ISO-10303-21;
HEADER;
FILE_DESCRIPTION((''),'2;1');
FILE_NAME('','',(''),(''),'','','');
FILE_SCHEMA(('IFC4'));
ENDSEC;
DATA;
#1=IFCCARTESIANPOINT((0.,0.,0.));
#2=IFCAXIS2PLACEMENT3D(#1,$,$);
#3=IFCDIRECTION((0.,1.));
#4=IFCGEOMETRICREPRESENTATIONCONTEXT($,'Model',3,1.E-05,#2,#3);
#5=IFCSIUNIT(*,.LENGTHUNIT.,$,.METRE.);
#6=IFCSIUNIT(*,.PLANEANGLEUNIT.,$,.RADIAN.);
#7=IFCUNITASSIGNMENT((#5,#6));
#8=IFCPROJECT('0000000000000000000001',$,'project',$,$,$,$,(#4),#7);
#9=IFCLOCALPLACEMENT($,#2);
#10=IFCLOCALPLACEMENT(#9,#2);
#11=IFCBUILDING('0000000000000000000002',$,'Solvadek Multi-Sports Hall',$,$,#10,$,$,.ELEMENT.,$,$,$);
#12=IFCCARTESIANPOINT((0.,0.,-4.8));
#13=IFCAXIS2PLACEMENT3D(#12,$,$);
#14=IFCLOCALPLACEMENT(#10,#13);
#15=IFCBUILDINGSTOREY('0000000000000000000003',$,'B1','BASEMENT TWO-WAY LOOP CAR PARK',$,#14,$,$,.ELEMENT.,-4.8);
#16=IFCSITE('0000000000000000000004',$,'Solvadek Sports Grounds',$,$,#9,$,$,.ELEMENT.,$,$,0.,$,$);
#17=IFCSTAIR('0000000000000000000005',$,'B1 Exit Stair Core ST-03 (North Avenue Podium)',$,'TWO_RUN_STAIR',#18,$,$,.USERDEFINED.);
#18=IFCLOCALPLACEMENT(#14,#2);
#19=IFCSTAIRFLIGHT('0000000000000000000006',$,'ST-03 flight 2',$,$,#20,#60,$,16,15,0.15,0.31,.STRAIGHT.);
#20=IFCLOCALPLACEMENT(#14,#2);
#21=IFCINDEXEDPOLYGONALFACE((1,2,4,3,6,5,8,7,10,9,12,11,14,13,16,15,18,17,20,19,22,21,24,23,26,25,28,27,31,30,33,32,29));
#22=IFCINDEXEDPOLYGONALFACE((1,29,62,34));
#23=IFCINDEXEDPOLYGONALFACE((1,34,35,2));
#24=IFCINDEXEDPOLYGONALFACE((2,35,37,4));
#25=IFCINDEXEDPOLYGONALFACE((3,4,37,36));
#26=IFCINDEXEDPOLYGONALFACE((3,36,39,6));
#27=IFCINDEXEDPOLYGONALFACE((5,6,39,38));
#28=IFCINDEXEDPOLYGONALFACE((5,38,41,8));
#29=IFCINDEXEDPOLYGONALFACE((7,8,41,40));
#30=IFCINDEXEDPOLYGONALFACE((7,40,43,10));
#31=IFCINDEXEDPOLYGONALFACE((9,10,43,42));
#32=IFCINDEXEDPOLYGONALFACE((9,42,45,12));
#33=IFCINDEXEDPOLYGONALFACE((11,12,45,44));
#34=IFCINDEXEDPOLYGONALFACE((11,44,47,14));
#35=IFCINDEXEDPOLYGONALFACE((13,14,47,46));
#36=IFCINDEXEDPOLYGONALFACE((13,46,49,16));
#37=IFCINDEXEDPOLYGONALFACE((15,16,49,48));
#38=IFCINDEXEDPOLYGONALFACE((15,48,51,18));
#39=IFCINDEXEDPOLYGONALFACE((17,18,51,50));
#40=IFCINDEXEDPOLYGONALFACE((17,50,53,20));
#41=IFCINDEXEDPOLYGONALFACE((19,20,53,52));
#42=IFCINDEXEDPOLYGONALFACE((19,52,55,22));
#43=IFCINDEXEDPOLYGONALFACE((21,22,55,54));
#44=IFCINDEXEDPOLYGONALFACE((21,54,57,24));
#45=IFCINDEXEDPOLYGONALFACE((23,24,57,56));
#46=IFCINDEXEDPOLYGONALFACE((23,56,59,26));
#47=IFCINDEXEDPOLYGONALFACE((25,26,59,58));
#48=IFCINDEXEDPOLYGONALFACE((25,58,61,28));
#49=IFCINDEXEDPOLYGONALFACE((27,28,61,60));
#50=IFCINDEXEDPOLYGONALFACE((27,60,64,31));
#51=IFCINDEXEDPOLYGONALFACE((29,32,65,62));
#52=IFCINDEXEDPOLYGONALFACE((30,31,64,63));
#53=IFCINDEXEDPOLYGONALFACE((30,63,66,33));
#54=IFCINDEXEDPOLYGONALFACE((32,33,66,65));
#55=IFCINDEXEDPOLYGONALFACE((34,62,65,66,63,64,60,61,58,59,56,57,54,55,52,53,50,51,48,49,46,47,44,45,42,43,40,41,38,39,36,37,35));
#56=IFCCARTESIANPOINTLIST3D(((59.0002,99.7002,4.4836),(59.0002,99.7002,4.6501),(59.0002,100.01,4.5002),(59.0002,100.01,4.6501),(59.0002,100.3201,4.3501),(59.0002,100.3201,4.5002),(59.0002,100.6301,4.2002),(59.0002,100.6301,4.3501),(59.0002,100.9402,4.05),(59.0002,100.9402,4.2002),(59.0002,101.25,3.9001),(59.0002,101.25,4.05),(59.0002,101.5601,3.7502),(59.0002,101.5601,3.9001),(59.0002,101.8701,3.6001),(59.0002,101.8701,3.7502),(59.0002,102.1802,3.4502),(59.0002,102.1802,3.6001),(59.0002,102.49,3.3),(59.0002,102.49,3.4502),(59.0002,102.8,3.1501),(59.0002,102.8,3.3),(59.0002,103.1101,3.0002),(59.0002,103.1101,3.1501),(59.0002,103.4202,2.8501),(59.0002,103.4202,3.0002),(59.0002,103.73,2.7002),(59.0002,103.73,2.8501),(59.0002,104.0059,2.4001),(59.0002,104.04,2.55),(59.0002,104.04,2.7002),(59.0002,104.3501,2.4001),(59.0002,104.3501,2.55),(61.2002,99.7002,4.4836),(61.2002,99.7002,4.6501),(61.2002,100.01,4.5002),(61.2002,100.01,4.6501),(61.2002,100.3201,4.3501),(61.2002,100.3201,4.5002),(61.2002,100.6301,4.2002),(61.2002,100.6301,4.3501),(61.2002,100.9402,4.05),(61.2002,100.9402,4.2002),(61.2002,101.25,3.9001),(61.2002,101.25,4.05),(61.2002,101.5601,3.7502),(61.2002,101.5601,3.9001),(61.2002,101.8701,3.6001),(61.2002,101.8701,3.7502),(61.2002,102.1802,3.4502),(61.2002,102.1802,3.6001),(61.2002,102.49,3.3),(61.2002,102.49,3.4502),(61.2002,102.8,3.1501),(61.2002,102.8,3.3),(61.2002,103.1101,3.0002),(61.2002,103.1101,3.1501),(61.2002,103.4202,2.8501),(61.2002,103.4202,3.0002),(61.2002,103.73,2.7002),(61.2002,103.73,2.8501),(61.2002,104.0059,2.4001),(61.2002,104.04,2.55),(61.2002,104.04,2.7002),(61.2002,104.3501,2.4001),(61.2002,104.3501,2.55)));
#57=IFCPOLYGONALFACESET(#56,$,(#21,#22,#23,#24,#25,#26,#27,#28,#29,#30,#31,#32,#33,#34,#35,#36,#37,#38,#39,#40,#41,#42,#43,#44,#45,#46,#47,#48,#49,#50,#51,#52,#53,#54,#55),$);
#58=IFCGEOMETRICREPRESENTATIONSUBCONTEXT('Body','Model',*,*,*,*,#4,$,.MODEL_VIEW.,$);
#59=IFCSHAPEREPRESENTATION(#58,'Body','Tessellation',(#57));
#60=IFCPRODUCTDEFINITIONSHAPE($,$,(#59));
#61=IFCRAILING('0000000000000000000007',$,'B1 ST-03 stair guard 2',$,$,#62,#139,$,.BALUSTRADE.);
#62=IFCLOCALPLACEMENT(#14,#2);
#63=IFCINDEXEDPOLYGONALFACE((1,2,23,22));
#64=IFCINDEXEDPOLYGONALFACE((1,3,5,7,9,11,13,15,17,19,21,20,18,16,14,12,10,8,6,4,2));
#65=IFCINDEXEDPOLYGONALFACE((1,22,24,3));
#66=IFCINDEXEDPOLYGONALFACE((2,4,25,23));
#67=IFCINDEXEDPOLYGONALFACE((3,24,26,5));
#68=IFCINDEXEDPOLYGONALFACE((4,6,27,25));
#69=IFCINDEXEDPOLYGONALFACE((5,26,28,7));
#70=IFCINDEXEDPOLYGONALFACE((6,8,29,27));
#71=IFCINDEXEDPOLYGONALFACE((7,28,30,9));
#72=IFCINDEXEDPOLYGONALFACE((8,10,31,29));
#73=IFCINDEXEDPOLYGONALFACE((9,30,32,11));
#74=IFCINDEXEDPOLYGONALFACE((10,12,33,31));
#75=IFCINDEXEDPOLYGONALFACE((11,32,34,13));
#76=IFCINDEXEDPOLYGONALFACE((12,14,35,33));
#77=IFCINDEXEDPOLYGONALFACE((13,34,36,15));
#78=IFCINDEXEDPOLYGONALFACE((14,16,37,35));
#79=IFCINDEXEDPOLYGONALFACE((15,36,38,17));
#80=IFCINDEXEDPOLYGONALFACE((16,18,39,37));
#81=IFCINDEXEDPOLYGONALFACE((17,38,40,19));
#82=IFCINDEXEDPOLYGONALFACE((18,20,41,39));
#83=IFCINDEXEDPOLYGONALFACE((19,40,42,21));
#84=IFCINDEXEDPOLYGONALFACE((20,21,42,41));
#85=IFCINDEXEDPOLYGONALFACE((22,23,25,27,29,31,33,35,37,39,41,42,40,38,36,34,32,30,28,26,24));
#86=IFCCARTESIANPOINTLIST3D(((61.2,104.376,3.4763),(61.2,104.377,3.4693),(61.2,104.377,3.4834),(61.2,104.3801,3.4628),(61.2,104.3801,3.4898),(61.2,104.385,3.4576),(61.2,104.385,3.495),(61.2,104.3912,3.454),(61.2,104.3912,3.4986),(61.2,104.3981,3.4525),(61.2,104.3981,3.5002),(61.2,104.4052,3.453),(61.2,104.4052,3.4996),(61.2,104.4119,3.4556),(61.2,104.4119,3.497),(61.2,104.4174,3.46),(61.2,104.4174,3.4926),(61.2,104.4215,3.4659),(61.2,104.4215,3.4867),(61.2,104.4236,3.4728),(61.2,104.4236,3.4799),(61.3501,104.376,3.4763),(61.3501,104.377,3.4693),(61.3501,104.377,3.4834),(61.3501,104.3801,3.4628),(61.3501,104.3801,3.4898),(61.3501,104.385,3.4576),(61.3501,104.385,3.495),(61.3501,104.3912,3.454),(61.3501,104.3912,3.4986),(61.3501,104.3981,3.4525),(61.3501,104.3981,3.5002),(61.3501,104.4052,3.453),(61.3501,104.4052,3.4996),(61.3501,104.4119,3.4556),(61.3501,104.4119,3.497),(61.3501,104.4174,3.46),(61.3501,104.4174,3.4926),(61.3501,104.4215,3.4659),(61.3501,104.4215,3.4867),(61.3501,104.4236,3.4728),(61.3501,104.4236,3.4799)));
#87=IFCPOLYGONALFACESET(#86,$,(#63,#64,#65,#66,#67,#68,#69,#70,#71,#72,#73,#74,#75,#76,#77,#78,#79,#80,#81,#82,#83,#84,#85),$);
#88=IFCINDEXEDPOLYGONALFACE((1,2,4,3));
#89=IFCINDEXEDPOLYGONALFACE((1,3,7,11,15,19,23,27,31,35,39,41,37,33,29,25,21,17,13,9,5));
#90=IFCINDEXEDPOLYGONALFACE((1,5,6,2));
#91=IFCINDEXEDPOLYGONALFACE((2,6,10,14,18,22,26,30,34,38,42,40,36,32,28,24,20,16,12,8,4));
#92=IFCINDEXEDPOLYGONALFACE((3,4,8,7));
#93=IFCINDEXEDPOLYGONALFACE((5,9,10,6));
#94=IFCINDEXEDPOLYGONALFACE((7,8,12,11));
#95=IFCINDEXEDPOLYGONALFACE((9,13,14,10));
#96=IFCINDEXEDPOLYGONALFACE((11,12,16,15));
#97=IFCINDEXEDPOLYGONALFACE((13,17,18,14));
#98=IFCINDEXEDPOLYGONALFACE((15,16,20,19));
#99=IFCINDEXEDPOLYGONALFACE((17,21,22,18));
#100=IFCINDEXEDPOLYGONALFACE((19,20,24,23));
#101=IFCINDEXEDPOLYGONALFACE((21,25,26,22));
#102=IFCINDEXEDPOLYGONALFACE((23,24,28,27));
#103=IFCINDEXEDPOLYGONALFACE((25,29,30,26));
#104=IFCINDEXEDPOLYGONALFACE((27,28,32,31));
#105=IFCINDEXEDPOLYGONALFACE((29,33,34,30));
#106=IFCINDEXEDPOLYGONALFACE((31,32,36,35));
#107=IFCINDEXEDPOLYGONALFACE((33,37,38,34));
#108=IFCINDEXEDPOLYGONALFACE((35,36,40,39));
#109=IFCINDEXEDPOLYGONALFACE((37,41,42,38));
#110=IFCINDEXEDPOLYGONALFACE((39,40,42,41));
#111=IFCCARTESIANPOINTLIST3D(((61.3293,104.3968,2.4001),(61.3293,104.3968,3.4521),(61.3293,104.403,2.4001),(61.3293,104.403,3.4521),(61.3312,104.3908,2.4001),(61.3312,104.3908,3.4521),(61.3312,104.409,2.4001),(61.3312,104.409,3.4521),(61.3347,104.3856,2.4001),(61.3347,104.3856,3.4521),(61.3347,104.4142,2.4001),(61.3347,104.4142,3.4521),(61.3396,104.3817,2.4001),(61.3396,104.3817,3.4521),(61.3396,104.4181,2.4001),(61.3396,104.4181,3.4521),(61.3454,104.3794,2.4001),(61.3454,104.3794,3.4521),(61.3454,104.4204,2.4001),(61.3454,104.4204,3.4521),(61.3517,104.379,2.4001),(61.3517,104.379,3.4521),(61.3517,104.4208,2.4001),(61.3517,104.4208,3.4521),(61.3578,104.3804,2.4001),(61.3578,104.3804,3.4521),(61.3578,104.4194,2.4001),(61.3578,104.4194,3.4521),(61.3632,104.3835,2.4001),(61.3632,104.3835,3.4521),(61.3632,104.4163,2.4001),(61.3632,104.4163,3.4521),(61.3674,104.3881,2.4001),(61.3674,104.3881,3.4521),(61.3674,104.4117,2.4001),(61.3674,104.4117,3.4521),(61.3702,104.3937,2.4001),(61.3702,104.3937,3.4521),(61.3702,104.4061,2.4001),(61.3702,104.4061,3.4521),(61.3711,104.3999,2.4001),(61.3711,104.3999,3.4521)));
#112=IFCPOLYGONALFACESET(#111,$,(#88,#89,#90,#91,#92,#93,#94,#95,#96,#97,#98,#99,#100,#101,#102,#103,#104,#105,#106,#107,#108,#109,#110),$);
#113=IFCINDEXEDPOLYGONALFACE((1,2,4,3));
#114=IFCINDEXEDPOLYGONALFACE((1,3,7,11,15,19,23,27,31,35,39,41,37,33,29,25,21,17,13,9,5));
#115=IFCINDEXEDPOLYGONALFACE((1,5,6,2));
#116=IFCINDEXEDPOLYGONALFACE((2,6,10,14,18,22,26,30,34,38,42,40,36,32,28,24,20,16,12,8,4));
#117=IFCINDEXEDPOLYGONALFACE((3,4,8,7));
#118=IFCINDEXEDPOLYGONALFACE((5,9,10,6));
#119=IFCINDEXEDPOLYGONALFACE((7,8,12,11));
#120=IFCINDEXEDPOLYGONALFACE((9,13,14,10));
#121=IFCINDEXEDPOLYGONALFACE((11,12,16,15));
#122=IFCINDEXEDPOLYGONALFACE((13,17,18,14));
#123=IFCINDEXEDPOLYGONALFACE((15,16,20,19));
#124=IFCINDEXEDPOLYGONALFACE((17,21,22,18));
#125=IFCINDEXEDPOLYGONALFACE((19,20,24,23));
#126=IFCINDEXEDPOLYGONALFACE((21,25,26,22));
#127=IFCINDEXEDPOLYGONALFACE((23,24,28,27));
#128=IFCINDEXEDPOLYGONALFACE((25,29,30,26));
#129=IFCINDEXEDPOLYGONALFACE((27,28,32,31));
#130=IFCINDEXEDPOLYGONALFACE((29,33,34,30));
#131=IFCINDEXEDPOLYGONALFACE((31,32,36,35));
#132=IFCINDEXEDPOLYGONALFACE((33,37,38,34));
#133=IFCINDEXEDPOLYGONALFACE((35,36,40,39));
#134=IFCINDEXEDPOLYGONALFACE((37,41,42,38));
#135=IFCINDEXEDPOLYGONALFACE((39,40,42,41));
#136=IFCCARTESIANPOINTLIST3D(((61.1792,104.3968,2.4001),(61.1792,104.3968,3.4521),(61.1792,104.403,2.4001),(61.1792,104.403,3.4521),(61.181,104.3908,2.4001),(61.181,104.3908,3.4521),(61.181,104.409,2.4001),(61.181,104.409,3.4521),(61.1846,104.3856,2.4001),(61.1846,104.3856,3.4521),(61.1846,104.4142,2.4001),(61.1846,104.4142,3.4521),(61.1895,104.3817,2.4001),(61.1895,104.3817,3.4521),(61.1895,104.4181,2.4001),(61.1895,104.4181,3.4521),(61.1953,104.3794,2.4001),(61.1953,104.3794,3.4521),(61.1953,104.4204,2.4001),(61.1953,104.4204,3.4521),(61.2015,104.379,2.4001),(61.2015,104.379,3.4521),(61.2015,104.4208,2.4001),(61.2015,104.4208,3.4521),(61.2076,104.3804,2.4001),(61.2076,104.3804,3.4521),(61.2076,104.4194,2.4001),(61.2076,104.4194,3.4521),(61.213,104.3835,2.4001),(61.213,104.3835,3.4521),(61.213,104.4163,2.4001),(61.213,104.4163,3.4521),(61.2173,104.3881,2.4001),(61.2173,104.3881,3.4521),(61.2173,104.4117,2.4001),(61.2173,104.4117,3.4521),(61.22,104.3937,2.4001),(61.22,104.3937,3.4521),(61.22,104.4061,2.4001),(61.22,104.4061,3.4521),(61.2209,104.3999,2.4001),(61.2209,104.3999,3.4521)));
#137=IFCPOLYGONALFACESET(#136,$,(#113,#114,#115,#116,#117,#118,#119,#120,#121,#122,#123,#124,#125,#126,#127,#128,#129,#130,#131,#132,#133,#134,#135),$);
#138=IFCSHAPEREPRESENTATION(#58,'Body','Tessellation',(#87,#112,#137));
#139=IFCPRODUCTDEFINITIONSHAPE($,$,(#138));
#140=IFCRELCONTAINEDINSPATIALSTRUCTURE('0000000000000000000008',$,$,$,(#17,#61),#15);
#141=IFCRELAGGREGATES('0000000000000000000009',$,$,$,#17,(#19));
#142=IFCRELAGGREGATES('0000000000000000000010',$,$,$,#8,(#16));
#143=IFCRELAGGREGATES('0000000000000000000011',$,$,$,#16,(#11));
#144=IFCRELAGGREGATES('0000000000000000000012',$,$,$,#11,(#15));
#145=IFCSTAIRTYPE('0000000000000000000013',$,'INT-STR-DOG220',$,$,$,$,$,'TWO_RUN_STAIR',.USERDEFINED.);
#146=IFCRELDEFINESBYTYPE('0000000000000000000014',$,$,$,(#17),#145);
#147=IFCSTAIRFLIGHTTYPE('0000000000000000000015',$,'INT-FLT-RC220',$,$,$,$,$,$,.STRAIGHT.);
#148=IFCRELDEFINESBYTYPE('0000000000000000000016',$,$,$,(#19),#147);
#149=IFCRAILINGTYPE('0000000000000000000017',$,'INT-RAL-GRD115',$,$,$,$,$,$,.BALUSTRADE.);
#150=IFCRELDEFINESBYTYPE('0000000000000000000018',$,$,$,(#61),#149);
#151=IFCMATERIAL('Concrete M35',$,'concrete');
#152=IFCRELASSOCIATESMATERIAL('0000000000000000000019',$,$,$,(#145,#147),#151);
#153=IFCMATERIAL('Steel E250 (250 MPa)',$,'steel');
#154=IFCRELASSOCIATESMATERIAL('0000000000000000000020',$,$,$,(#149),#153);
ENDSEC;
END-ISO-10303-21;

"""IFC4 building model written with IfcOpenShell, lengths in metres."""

from ifc_helpers import new_model, si_unit, direction, frame, origin, origin_2d, place, context, subcontext, project, spatial, polyline, circle, outline, extrude, material, type_object, element, aggregate, save


model = new_model("IFC4")

# Units and contexts
model_context = context("Model", 3, precision=1e-05, world=origin(), true_north=direction((0.0, 1.0)))
body_context = subcontext(model_context, "Body", "Model", "MODEL_VIEW")
ifc_project = project(units=[si_unit("LENGTHUNIT", "METRE"), si_unit("PLANEANGLEUNIT", "RADIAN")], contexts=[model_context])

# Site, building, storey
site_placement = place(None, origin())
site = spatial("IfcSite", under=ifc_project, at=site_placement, Name="Solvadek Sports Grounds", CompositionType="ELEMENT", RefElevation=0.0)
building_placement = place(site_placement, origin())
building = spatial("IfcBuilding", under=site, at=building_placement, Name="Solvadek Multi-Sports Hall", CompositionType="ELEMENT")
storey_placement = place(building_placement, frame((0.0, 0.0, -4.8)))
storey = spatial("IfcBuildingStorey", under=building, at=storey_placement, Name="B1", Description="BASEMENT TWO-WAY LOOP CAR PARK", CompositionType="ELEMENT", Elevation=-4.8)

# Shared definitions
ifc_material_1 = material(Name="Concrete M35", Category="concrete")

# Stair, stair flight
stair_type = type_object("IfcStairType", Name="INT-STR-DOG220", ElementType="TWO_RUN_STAIR", PredefinedType="USERDEFINED", material=ifc_material_1)
stair_placement = place(storey_placement, origin())
stair = element("IfcStair", 1, at=stair_placement, inside=storey, type_object=stair_type, Name="B1 Exit Stair Core ST-03 (North Avenue Podium)", ObjectType="TWO_RUN_STAIR", PredefinedType="USERDEFINED")
stair_flight_type = type_object("IfcStairFlightType", Name="INT-FLT-RC220", PredefinedType="STRAIGHT", material=ifc_material_1)
stair_flight_placement = place(storey_placement, frame((60.1001, 104.3501, 2.4001), z_axis=(0.0, 0.0, 1.0), x_axis=(0.0, -1.0, 0.0)))
stair_flight = element("IfcStairFlight", 2, at=stair_flight_placement, type_object=stair_flight_type, Name="ST-03 flight 2", NumberOfRisers=16, NumberOfTreads=15, PredefinedType="STRAIGHT", RiserHeight=0.15, TreadLength=0.31, context=body_context, shape_type="SweptSolid", body=[
    extrude(outline(polyline([(0.0, 0.0), (0.0, 0.1499), (0.3101, 0.1499), (0.3101, 0.3), (0.6201, 0.3), (0.6201, 0.45), (0.9299, 0.45), (0.9299, 0.6001), (1.24, 0.6001), (1.24, 0.75), (1.55, 0.75), (1.55, 0.8999), (1.8601, 0.8999), (1.8601, 1.05), (2.1699, 1.05), (2.1699, 1.2), (2.48, 1.2), (2.48, 1.3501), (2.79, 1.3501), (2.79, 1.5), (3.1001, 1.5), (3.1001, 1.6499), (3.4099, 1.6499), (3.4099, 1.8), (3.72, 1.8), (3.72, 1.95), (4.03, 1.95), (4.03, 2.1001), (4.3401, 2.1001), (4.3401, 2.25), (4.6499, 2.25), (4.6499, 2.3999), (4.6499, 2.0835), (0.3442, 0.0), (0.0, 0.0)])), frame((0.0, 1.1001, 0.0), z_axis=(0.0, -1.0, 0.0), x_axis=(1.0, 0.0, 0.0)), (0.0, 0.0, 1.0), 2.2),
])
aggregate(stair, [stair_flight])

# Railing
ifc_material_2 = material(Name="Steel E250 (250 MPa)", Category="steel")
railing_type_1 = type_object("IfcRailingType", Name="INT-RAL-GRD115", PredefinedType="BALUSTRADE", material=ifc_material_2)
railing_1_placement = place(storey_placement, frame((61.3501, 104.3999, 2.4001)))
element("IfcRailing", 3, at=railing_1_placement, inside=storey, type_object=railing_type_1, Name="B1 ST-03 stair guard 2", PredefinedType="BALUSTRADE", context=body_context, shape_type="SweptSolid", body=[
    extrude(circle(Radius=0.0239, at=origin_2d()), frame((0.0, 0.0, 1.0762), z_axis=(-1.0, 0.0, 0.0), x_axis=(0.0, -1.0, 0.0)), (0.0, 0.0, 1.0), 0.1501),
    extrude(circle(Radius=0.021, at=origin_2d()), origin(), (0.0, 0.0, 1.0), 1.052),
    extrude(circle(Radius=0.021, at=origin_2d()), frame((-0.1501, 0.0, 0.0)), (0.0, 0.0, 1.0), 1.052),
])

save(model, "model.ifc")
